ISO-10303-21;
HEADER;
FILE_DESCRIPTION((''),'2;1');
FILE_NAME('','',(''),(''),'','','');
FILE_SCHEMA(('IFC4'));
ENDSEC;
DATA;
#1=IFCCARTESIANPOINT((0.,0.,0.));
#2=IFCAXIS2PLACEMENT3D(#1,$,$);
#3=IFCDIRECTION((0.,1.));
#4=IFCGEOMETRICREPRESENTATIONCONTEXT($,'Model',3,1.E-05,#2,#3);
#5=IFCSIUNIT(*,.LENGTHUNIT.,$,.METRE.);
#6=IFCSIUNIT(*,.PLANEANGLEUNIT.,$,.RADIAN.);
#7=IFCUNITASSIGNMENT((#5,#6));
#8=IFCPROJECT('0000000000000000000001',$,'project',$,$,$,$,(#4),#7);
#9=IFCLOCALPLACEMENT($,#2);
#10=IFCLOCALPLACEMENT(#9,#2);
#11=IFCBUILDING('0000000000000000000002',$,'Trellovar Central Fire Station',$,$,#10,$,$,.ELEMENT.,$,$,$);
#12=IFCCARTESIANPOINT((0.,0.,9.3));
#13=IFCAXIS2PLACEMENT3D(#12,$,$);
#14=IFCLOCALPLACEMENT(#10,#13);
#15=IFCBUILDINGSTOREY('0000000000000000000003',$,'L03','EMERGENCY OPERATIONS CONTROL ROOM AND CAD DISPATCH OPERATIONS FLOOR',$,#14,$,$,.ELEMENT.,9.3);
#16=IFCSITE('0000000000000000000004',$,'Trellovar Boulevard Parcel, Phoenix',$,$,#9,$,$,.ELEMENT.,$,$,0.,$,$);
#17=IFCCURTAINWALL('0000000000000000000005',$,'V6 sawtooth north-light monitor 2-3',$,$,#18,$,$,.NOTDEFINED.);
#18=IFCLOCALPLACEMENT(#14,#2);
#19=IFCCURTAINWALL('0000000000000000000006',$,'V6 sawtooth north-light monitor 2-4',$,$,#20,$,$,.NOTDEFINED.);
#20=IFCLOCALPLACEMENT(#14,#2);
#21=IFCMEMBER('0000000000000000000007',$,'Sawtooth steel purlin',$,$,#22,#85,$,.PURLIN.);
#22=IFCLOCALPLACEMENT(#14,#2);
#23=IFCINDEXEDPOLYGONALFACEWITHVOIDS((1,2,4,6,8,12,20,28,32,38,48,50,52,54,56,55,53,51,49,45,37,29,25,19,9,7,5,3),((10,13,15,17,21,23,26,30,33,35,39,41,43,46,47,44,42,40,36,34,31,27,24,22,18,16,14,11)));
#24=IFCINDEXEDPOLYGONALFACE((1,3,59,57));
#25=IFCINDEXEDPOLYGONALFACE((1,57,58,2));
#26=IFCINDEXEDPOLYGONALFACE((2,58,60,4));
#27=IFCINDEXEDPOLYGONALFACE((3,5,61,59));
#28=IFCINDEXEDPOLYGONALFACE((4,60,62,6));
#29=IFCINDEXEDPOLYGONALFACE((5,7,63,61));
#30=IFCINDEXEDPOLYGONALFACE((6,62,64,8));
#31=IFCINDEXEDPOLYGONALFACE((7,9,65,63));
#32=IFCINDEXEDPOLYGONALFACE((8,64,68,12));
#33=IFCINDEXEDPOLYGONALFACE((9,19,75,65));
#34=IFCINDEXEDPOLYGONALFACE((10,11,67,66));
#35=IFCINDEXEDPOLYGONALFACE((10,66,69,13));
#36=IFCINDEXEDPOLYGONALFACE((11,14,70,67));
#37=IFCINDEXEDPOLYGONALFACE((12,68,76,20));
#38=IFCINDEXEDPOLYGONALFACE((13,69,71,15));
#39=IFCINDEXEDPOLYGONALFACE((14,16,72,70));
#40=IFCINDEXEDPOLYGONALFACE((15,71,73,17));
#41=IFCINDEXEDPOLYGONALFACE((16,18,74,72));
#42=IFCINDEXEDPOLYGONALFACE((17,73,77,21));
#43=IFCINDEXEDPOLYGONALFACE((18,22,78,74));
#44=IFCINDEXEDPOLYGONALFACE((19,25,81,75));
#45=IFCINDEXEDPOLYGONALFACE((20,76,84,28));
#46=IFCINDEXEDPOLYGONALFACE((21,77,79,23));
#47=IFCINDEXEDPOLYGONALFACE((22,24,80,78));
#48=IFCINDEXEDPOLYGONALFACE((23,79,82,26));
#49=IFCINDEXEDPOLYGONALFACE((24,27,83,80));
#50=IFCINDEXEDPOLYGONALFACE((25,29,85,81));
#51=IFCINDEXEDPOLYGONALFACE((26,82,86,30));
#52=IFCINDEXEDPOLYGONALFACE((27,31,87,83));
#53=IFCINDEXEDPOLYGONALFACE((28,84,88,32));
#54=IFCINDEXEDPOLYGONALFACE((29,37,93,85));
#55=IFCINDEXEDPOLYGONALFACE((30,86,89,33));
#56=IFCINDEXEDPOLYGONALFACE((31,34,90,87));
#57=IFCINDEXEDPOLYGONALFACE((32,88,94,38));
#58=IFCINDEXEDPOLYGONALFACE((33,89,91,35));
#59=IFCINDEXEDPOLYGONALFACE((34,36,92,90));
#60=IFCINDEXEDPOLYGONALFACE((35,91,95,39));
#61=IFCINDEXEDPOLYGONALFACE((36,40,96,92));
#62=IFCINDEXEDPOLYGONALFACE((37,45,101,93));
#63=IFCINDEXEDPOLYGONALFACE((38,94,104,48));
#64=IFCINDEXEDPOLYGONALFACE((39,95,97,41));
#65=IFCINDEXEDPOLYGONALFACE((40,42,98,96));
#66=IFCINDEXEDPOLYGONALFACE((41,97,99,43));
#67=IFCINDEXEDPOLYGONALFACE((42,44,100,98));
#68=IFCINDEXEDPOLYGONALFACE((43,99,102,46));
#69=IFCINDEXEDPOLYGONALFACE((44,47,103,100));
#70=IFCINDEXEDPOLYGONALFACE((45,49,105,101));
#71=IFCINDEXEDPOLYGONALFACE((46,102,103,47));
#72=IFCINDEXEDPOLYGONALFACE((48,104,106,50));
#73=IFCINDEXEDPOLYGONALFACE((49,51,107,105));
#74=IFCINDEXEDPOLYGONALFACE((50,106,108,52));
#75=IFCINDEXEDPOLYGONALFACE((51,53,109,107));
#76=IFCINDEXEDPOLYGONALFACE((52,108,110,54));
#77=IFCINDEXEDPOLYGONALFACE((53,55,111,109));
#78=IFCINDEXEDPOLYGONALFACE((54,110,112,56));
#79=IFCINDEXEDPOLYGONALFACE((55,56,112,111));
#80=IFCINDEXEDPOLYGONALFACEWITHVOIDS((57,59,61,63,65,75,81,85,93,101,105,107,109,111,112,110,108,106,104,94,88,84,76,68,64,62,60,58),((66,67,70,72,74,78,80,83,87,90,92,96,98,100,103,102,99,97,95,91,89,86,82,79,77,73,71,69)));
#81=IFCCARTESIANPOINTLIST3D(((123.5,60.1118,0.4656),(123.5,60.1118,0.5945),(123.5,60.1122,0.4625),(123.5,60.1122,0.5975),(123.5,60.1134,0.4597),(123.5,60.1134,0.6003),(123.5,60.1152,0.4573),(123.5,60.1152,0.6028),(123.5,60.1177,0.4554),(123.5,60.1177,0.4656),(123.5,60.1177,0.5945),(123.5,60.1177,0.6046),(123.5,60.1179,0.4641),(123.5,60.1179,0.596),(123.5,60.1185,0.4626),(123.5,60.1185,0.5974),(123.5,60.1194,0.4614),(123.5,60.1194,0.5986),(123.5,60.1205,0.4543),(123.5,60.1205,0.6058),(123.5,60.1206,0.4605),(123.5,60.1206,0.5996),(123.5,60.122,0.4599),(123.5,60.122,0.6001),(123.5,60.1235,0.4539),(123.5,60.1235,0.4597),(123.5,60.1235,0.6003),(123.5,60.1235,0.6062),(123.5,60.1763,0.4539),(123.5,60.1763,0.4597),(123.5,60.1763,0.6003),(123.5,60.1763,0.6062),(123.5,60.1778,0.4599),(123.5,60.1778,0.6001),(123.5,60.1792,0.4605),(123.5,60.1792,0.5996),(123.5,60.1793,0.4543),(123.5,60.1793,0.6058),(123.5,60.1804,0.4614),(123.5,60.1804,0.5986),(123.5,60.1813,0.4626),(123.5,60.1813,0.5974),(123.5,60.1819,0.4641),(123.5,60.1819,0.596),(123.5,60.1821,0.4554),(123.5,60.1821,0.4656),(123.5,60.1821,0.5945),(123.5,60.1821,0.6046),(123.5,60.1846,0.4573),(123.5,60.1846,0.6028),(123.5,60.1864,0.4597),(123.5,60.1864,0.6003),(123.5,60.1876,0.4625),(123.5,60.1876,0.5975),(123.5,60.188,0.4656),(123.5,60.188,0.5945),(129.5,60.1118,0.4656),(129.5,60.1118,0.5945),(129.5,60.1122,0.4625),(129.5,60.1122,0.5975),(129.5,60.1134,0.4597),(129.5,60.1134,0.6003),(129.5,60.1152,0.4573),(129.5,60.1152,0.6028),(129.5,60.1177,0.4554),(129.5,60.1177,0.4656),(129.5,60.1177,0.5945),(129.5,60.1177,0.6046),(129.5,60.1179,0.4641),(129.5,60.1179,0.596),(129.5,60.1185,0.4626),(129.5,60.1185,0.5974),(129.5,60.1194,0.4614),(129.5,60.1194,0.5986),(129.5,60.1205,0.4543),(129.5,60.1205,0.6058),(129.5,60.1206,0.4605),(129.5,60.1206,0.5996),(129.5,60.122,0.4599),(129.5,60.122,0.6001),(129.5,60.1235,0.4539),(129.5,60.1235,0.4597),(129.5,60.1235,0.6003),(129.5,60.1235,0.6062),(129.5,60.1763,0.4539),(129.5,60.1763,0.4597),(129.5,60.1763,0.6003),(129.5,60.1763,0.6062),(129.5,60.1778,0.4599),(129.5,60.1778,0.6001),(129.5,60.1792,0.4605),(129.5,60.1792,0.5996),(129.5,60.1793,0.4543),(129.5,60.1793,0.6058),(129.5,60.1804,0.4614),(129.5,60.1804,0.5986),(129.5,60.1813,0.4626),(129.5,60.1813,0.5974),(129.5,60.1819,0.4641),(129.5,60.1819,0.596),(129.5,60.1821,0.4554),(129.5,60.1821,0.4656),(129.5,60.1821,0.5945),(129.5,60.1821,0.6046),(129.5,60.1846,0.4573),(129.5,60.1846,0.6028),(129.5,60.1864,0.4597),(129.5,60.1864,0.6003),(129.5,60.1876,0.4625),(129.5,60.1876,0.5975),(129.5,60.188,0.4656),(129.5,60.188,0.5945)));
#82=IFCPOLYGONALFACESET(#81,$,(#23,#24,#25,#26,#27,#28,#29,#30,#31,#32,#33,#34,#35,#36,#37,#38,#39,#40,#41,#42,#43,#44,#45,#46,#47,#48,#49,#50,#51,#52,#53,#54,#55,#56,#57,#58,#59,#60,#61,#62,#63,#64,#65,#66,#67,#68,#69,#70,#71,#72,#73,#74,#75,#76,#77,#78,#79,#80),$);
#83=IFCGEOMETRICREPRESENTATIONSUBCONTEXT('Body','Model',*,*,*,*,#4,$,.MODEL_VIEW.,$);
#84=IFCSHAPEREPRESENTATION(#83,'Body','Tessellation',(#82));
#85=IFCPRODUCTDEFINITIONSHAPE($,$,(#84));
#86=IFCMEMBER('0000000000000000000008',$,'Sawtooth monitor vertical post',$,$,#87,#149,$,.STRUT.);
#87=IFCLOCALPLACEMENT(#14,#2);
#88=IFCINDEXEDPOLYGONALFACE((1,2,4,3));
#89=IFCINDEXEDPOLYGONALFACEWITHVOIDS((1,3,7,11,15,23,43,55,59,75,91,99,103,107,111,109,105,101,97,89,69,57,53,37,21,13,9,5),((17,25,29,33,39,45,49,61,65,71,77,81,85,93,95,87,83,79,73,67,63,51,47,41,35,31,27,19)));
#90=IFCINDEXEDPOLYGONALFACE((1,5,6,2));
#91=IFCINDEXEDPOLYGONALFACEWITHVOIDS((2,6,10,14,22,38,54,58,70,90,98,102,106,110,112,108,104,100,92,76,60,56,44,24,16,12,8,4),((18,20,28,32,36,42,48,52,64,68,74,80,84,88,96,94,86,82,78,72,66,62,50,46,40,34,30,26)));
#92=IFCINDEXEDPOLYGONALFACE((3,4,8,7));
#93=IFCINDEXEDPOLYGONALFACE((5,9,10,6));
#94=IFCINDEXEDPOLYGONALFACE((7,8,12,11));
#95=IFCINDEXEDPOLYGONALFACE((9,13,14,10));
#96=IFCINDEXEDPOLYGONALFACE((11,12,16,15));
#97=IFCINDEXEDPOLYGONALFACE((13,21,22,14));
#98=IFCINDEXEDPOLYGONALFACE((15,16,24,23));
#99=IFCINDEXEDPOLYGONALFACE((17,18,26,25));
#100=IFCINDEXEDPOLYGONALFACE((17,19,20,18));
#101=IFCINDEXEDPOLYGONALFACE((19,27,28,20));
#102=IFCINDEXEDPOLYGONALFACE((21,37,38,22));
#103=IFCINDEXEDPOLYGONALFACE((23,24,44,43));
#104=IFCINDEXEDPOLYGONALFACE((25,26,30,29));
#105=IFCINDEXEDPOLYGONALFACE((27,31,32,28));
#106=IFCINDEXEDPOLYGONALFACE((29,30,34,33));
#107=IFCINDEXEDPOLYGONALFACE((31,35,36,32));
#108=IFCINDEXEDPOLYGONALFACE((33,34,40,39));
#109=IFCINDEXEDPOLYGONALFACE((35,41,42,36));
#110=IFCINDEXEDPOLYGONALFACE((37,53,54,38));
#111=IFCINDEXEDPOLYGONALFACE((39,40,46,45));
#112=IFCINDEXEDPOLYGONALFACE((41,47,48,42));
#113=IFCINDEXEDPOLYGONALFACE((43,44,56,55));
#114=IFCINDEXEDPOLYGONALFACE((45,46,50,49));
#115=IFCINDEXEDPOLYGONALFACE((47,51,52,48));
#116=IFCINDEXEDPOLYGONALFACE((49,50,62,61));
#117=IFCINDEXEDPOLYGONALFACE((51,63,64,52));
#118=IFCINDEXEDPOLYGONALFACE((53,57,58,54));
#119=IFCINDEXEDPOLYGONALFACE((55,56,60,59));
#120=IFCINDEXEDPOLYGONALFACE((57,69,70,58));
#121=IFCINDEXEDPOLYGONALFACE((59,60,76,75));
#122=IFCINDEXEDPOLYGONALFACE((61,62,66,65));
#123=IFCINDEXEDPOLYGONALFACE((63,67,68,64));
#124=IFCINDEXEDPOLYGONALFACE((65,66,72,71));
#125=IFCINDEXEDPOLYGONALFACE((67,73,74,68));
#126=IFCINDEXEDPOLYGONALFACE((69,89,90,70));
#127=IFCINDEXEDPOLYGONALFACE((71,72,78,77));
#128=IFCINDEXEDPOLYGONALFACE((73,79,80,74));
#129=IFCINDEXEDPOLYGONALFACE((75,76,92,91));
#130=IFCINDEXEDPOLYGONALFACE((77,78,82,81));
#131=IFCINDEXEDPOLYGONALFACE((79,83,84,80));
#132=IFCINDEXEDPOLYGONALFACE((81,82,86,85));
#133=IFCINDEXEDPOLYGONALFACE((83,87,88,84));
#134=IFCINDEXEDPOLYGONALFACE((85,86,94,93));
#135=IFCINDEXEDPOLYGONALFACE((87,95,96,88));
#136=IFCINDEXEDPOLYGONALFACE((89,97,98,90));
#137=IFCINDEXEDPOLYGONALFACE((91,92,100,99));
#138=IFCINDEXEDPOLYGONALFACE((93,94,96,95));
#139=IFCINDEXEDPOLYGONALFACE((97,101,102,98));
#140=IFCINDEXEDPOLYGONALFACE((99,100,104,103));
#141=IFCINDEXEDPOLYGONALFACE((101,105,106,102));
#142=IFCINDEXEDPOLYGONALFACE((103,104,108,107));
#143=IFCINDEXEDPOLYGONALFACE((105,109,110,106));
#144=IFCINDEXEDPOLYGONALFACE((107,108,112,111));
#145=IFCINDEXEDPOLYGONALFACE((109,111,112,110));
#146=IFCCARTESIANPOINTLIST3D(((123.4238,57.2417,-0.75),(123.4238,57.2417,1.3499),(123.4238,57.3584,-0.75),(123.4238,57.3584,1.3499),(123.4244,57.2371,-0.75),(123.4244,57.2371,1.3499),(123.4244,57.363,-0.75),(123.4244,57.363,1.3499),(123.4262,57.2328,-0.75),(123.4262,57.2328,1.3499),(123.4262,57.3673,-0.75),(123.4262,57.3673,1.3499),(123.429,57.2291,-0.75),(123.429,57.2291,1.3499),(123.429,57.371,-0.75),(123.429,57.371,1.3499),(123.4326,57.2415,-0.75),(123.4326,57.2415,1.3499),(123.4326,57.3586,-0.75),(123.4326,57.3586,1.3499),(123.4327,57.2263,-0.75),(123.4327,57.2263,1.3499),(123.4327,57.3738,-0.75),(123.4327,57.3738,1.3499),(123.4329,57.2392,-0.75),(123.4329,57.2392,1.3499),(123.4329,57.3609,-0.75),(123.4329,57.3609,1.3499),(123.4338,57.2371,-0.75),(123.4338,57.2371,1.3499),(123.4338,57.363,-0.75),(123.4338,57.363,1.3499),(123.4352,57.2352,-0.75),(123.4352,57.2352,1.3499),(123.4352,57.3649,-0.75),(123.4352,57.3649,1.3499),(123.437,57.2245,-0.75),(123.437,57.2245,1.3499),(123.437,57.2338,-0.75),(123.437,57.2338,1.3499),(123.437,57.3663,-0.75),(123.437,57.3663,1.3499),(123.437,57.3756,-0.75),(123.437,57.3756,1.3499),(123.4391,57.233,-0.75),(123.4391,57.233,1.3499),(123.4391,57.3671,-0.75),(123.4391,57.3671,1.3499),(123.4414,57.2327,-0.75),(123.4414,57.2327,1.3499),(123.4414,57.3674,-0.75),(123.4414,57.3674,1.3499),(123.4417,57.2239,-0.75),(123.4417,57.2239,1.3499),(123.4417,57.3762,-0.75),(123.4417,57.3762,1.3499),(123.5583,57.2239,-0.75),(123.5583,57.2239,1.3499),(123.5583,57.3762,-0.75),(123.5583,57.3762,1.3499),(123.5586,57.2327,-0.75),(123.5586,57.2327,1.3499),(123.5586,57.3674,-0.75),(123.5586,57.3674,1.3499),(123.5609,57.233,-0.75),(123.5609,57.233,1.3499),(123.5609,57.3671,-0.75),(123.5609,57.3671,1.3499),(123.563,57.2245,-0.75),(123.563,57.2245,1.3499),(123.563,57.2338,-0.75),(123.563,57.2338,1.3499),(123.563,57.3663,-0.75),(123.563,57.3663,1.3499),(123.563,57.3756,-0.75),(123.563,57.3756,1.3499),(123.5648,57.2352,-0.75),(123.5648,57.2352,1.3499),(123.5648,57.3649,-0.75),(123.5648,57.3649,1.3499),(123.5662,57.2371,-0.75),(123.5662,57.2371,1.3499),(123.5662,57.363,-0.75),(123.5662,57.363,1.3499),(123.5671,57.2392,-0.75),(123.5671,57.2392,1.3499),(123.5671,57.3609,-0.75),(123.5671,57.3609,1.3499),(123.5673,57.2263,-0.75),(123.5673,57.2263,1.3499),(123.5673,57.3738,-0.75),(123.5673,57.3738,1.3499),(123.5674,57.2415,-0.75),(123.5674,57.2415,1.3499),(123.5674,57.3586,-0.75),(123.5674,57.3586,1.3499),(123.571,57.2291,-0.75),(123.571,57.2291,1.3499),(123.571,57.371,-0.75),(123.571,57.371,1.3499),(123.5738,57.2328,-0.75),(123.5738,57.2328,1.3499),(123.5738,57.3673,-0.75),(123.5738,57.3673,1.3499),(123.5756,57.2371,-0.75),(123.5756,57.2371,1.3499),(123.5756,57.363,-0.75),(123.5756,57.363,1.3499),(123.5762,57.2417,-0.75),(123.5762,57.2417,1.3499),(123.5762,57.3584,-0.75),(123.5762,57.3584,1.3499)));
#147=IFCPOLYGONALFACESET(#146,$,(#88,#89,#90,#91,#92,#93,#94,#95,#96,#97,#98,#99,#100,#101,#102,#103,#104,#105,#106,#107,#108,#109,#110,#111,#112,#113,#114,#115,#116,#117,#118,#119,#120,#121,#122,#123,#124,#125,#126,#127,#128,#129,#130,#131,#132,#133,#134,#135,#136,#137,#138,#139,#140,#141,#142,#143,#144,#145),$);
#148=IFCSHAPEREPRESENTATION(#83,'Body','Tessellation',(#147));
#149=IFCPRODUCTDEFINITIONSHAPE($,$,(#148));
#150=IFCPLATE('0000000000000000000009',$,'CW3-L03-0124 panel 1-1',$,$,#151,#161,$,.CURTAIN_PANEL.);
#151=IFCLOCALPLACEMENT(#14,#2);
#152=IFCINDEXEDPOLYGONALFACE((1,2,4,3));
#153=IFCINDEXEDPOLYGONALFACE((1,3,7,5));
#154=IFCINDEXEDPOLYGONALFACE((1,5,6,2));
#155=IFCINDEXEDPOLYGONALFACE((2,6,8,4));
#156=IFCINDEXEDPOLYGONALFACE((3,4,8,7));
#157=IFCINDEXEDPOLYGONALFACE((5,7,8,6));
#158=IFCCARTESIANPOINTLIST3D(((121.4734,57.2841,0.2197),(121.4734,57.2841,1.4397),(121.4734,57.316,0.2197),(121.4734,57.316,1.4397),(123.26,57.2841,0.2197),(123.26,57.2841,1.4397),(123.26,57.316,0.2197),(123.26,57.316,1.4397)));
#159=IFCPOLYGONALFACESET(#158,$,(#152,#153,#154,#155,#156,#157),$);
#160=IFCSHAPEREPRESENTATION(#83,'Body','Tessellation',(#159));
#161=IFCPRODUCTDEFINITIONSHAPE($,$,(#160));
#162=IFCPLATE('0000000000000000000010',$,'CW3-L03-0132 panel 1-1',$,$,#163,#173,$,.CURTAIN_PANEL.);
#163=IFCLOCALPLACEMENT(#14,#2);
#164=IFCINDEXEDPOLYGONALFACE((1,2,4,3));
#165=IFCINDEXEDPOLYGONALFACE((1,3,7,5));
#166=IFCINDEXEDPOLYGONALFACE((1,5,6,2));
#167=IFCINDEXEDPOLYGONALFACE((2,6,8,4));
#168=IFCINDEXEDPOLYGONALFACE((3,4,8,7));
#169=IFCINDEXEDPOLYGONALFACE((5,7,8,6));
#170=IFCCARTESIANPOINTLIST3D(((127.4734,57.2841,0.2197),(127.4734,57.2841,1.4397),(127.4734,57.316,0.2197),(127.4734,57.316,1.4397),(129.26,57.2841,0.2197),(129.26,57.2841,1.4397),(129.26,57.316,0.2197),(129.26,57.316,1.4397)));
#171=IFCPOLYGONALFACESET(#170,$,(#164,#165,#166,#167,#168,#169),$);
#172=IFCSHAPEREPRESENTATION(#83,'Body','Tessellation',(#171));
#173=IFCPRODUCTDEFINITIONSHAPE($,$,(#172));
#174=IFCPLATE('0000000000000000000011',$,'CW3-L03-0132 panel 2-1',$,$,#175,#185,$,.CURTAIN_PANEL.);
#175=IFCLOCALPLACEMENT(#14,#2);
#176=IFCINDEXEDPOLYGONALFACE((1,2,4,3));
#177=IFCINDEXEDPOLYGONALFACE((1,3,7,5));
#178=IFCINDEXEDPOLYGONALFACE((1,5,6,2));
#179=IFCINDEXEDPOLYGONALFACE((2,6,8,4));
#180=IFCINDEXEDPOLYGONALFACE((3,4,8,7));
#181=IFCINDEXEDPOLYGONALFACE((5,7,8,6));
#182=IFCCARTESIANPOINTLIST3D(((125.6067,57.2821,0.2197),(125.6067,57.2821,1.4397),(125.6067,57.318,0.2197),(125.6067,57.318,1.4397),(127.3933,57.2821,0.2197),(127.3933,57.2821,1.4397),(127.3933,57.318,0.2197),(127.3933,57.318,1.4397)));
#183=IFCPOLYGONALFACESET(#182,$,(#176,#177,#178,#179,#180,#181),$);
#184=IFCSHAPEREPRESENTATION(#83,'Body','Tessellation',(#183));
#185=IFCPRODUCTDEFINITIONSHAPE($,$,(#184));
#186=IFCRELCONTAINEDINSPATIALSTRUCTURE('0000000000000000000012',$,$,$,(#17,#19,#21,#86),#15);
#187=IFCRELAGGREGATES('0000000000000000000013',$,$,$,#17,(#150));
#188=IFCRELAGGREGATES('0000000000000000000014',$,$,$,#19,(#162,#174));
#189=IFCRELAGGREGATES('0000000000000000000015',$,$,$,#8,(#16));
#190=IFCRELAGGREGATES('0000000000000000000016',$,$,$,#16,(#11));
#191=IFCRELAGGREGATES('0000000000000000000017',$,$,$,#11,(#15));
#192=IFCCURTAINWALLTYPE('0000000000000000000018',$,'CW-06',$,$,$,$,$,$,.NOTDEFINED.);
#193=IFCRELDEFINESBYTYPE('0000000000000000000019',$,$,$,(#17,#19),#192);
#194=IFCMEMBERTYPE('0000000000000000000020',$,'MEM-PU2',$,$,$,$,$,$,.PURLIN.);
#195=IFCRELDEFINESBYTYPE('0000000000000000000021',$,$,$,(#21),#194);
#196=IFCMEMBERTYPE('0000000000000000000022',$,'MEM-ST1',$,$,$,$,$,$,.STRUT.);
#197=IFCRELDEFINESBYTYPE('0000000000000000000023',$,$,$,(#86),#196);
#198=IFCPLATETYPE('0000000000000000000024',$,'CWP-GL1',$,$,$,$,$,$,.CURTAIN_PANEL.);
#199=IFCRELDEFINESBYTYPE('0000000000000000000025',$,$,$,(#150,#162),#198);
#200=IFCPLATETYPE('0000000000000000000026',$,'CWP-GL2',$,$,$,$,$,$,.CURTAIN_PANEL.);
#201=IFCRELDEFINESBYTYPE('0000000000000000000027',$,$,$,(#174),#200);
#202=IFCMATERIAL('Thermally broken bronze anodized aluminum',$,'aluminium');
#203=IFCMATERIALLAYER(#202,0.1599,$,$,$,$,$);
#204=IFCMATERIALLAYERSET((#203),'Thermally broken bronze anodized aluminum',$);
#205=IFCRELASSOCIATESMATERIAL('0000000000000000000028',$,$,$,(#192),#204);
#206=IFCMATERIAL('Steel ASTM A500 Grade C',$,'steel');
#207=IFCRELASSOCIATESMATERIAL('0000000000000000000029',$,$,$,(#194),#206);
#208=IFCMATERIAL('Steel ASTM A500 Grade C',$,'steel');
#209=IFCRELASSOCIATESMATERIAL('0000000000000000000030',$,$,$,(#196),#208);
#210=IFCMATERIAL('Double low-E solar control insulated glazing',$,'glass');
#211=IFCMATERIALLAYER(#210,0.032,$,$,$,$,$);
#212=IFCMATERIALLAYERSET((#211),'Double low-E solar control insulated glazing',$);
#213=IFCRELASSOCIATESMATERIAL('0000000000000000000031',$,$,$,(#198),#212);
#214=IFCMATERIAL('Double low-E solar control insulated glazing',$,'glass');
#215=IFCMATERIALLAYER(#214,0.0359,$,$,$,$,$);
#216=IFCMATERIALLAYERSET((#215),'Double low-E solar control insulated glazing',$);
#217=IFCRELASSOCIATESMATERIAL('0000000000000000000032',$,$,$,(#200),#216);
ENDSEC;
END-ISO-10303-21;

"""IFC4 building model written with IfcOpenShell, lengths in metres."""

from ifc_helpers import new_model, si_unit, direction, frame, origin, origin_2d, place, context, subcontext, project, spatial, rectangle, hollow_rectangle, extrude, material, layer, layer_set, material_profile, profile_set, type_object, element, aggregate, save


model = new_model("IFC4")

# Units and contexts
model_context = context("Model", 3, precision=1e-05, world=origin(), true_north=direction((0.0, 1.0)))
body_context = subcontext(model_context, "Body", "Model", "MODEL_VIEW")
ifc_project = project(units=[si_unit("LENGTHUNIT", "METRE"), si_unit("PLANEANGLEUNIT", "RADIAN")], contexts=[model_context])

# Site, building, storey
site_placement = place(None, origin())
site = spatial("IfcSite", under=ifc_project, at=site_placement, Name="Trellovar Boulevard Parcel, Phoenix", CompositionType="ELEMENT", RefElevation=0.0)
building_placement = place(site_placement, origin())
building = spatial("IfcBuilding", under=site, at=building_placement, Name="Trellovar Central Fire Station", CompositionType="ELEMENT")
storey_placement = place(building_placement, frame((0.0, 0.0, 9.3)))
storey = spatial("IfcBuildingStorey", under=building, at=storey_placement, Name="L03", Description="EMERGENCY OPERATIONS CONTROL ROOM AND CAD DISPATCH OPERATIONS FLOOR", CompositionType="ELEMENT", Elevation=9.3)

# Curtain wall
ifc_material_1 = material(Name="Thermally broken bronze anodized aluminum", Category="aluminium")
ifc_layer_1 = layer(ifc_material_1, 0.1599)
ifc_layer_set_1 = layer_set([ifc_layer_1], Name="Thermally broken bronze anodized aluminum")
curtain_wall_type = type_object("IfcCurtainWallType", Name="CW-06", PredefinedType="NOTDEFINED", material=ifc_layer_set_1)
curtain_wall_1_placement = place(storey_placement, origin())
curtain_wall_1 = element("IfcCurtainWall", 1, at=curtain_wall_1_placement, inside=storey, type_object=curtain_wall_type, Name="V6 sawtooth north-light monitor 2-3", PredefinedType="NOTDEFINED")

# Curtain wall
curtain_wall_2_placement = place(storey_placement, origin())
curtain_wall_2 = element("IfcCurtainWall", 2, at=curtain_wall_2_placement, inside=storey, type_object=curtain_wall_type, Name="V6 sawtooth north-light monitor 2-4", PredefinedType="NOTDEFINED")

# Members
ifc_material_2 = material(Name="Steel ASTM A500 Grade C", Category="steel")
ifc_material_profile_1 = material_profile(ifc_material_2, hollow_rectangle(XDim=0.0762, YDim=0.1523, WallThickness=0.0059, InnerFilletRadius=0.0059, OuterFilletRadius=0.0117, at=origin_2d()), Name="HSS6X3X1/4")
ifc_profile_set_1 = profile_set([ifc_material_profile_1], Name="Steel ASTM A500 Grade C")
member_type_1 = type_object("IfcMemberType", Name="MEM-PU2", PredefinedType="PURLIN", material=ifc_profile_set_1)
for number, where, z_axis, x_axis, name in (
    (3, (123.5, 60.1499, 0.53), (1.0, 0.0, 0.0), (0.0, 1.0, 0.0), "Sawtooth steel purlin"),
):
    element("IfcMember", number, at=place(storey_placement, frame(where, z_axis=z_axis, x_axis=x_axis)), inside=storey, type_object=member_type_1, Name=name, PredefinedType="PURLIN", context=body_context, shape_type="SweptSolid", body=[
        extrude(hollow_rectangle(XDim=0.0762, YDim=0.1523, WallThickness=0.0059, InnerFilletRadius=0.0059, OuterFilletRadius=0.0117, at=origin_2d()), origin(), (0.0, 0.0, 1.0), 6.0),
    ])
ifc_material_3 = material(Name="Steel ASTM A500 Grade C", Category="steel")
ifc_material_profile_2 = material_profile(ifc_material_3, hollow_rectangle(XDim=0.1523, YDim=0.1523, WallThickness=0.0088, InnerFilletRadius=0.0088, OuterFilletRadius=0.0178, at=origin_2d()), Name="HSS6X6X3/8")
ifc_profile_set_2 = profile_set([ifc_material_profile_2], Name="Steel ASTM A500 Grade C")
member_type_2 = type_object("IfcMemberType", Name="MEM-ST1", PredefinedType="STRUT", material=ifc_profile_set_2)
member_1_placement = place(storey_placement, frame((123.5, 57.3, -0.75), z_axis=(0.0, 0.0, 1.0), x_axis=(1.0, 0.0, 0.0)))
element("IfcMember", 4, at=member_1_placement, inside=storey, type_object=member_type_2, Name="Sawtooth monitor vertical post", PredefinedType="STRUT", context=body_context, shape_type="SweptSolid", body=[
    extrude(hollow_rectangle(XDim=0.1523, YDim=0.1523, WallThickness=0.0088, InnerFilletRadius=0.0088, OuterFilletRadius=0.0178, at=origin_2d()), origin(), (0.0, 0.0, 1.0), 2.0999),
])

# Plates
ifc_material_4 = material(Name="Double low-E solar control insulated glazing", Category="glass")
ifc_layer_2 = layer(ifc_material_4, 0.032)
ifc_layer_set_2 = layer_set([ifc_layer_2], Name="Double low-E solar control insulated glazing")
plate_type_1 = type_object("IfcPlateType", Name="CWP-GL1", PredefinedType="CURTAIN_PANEL", material=ifc_layer_set_2)
plate_1_placement = place(storey_placement, frame((122.3667, 57.3, 0.2197), z_axis=(0.0, 0.0, 1.0), x_axis=(-1.0, 0.0, 0.0)))
plate_1 = element("IfcPlate", 5, at=plate_1_placement, type_object=plate_type_1, Name="CW3-L03-0124 panel 1-1", PredefinedType="CURTAIN_PANEL", context=body_context, shape_type="SweptSolid", body=[
    extrude(rectangle(XDim=1.7866, YDim=0.032, at=origin_2d()), origin(), (0.0, 0.0, 1.0), 1.22),
])
aggregate(curtain_wall_1, [plate_1])
plate_2_placement = place(storey_placement, frame((128.3667, 57.3, 0.2197), z_axis=(0.0, 0.0, 1.0), x_axis=(-1.0, 0.0, 0.0)))
plate_2 = element("IfcPlate", 6, at=plate_2_placement, type_object=plate_type_1, Name="CW3-L03-0132 panel 1-1", PredefinedType="CURTAIN_PANEL", context=body_context, shape_type="SweptSolid", body=[
    extrude(rectangle(XDim=1.7866, YDim=0.032, at=origin_2d()), origin(), (0.0, 0.0, 1.0), 1.22),
])
ifc_material_5 = material(Name="Double low-E solar control insulated glazing", Category="glass")
ifc_layer_3 = layer(ifc_material_5, 0.0359)
ifc_layer_set_3 = layer_set([ifc_layer_3], Name="Double low-E solar control insulated glazing")
plate_type_2 = type_object("IfcPlateType", Name="CWP-GL2", PredefinedType="CURTAIN_PANEL", material=ifc_layer_set_3)
plate_3_placement = place(storey_placement, frame((126.5, 57.3, 0.2197), z_axis=(0.0, 0.0, 1.0), x_axis=(-1.0, 0.0, 0.0)))
plate_3 = element("IfcPlate", 7, at=plate_3_placement, type_object=plate_type_2, Name="CW3-L03-0132 panel 2-1", PredefinedType="CURTAIN_PANEL", context=body_context, shape_type="SweptSolid", body=[
    extrude(rectangle(XDim=1.7866, YDim=0.0359, at=origin_2d()), origin(), (0.0, 0.0, 1.0), 1.22),
])
aggregate(curtain_wall_2, [plate_2, plate_3])

save(model, "model.ifc")
